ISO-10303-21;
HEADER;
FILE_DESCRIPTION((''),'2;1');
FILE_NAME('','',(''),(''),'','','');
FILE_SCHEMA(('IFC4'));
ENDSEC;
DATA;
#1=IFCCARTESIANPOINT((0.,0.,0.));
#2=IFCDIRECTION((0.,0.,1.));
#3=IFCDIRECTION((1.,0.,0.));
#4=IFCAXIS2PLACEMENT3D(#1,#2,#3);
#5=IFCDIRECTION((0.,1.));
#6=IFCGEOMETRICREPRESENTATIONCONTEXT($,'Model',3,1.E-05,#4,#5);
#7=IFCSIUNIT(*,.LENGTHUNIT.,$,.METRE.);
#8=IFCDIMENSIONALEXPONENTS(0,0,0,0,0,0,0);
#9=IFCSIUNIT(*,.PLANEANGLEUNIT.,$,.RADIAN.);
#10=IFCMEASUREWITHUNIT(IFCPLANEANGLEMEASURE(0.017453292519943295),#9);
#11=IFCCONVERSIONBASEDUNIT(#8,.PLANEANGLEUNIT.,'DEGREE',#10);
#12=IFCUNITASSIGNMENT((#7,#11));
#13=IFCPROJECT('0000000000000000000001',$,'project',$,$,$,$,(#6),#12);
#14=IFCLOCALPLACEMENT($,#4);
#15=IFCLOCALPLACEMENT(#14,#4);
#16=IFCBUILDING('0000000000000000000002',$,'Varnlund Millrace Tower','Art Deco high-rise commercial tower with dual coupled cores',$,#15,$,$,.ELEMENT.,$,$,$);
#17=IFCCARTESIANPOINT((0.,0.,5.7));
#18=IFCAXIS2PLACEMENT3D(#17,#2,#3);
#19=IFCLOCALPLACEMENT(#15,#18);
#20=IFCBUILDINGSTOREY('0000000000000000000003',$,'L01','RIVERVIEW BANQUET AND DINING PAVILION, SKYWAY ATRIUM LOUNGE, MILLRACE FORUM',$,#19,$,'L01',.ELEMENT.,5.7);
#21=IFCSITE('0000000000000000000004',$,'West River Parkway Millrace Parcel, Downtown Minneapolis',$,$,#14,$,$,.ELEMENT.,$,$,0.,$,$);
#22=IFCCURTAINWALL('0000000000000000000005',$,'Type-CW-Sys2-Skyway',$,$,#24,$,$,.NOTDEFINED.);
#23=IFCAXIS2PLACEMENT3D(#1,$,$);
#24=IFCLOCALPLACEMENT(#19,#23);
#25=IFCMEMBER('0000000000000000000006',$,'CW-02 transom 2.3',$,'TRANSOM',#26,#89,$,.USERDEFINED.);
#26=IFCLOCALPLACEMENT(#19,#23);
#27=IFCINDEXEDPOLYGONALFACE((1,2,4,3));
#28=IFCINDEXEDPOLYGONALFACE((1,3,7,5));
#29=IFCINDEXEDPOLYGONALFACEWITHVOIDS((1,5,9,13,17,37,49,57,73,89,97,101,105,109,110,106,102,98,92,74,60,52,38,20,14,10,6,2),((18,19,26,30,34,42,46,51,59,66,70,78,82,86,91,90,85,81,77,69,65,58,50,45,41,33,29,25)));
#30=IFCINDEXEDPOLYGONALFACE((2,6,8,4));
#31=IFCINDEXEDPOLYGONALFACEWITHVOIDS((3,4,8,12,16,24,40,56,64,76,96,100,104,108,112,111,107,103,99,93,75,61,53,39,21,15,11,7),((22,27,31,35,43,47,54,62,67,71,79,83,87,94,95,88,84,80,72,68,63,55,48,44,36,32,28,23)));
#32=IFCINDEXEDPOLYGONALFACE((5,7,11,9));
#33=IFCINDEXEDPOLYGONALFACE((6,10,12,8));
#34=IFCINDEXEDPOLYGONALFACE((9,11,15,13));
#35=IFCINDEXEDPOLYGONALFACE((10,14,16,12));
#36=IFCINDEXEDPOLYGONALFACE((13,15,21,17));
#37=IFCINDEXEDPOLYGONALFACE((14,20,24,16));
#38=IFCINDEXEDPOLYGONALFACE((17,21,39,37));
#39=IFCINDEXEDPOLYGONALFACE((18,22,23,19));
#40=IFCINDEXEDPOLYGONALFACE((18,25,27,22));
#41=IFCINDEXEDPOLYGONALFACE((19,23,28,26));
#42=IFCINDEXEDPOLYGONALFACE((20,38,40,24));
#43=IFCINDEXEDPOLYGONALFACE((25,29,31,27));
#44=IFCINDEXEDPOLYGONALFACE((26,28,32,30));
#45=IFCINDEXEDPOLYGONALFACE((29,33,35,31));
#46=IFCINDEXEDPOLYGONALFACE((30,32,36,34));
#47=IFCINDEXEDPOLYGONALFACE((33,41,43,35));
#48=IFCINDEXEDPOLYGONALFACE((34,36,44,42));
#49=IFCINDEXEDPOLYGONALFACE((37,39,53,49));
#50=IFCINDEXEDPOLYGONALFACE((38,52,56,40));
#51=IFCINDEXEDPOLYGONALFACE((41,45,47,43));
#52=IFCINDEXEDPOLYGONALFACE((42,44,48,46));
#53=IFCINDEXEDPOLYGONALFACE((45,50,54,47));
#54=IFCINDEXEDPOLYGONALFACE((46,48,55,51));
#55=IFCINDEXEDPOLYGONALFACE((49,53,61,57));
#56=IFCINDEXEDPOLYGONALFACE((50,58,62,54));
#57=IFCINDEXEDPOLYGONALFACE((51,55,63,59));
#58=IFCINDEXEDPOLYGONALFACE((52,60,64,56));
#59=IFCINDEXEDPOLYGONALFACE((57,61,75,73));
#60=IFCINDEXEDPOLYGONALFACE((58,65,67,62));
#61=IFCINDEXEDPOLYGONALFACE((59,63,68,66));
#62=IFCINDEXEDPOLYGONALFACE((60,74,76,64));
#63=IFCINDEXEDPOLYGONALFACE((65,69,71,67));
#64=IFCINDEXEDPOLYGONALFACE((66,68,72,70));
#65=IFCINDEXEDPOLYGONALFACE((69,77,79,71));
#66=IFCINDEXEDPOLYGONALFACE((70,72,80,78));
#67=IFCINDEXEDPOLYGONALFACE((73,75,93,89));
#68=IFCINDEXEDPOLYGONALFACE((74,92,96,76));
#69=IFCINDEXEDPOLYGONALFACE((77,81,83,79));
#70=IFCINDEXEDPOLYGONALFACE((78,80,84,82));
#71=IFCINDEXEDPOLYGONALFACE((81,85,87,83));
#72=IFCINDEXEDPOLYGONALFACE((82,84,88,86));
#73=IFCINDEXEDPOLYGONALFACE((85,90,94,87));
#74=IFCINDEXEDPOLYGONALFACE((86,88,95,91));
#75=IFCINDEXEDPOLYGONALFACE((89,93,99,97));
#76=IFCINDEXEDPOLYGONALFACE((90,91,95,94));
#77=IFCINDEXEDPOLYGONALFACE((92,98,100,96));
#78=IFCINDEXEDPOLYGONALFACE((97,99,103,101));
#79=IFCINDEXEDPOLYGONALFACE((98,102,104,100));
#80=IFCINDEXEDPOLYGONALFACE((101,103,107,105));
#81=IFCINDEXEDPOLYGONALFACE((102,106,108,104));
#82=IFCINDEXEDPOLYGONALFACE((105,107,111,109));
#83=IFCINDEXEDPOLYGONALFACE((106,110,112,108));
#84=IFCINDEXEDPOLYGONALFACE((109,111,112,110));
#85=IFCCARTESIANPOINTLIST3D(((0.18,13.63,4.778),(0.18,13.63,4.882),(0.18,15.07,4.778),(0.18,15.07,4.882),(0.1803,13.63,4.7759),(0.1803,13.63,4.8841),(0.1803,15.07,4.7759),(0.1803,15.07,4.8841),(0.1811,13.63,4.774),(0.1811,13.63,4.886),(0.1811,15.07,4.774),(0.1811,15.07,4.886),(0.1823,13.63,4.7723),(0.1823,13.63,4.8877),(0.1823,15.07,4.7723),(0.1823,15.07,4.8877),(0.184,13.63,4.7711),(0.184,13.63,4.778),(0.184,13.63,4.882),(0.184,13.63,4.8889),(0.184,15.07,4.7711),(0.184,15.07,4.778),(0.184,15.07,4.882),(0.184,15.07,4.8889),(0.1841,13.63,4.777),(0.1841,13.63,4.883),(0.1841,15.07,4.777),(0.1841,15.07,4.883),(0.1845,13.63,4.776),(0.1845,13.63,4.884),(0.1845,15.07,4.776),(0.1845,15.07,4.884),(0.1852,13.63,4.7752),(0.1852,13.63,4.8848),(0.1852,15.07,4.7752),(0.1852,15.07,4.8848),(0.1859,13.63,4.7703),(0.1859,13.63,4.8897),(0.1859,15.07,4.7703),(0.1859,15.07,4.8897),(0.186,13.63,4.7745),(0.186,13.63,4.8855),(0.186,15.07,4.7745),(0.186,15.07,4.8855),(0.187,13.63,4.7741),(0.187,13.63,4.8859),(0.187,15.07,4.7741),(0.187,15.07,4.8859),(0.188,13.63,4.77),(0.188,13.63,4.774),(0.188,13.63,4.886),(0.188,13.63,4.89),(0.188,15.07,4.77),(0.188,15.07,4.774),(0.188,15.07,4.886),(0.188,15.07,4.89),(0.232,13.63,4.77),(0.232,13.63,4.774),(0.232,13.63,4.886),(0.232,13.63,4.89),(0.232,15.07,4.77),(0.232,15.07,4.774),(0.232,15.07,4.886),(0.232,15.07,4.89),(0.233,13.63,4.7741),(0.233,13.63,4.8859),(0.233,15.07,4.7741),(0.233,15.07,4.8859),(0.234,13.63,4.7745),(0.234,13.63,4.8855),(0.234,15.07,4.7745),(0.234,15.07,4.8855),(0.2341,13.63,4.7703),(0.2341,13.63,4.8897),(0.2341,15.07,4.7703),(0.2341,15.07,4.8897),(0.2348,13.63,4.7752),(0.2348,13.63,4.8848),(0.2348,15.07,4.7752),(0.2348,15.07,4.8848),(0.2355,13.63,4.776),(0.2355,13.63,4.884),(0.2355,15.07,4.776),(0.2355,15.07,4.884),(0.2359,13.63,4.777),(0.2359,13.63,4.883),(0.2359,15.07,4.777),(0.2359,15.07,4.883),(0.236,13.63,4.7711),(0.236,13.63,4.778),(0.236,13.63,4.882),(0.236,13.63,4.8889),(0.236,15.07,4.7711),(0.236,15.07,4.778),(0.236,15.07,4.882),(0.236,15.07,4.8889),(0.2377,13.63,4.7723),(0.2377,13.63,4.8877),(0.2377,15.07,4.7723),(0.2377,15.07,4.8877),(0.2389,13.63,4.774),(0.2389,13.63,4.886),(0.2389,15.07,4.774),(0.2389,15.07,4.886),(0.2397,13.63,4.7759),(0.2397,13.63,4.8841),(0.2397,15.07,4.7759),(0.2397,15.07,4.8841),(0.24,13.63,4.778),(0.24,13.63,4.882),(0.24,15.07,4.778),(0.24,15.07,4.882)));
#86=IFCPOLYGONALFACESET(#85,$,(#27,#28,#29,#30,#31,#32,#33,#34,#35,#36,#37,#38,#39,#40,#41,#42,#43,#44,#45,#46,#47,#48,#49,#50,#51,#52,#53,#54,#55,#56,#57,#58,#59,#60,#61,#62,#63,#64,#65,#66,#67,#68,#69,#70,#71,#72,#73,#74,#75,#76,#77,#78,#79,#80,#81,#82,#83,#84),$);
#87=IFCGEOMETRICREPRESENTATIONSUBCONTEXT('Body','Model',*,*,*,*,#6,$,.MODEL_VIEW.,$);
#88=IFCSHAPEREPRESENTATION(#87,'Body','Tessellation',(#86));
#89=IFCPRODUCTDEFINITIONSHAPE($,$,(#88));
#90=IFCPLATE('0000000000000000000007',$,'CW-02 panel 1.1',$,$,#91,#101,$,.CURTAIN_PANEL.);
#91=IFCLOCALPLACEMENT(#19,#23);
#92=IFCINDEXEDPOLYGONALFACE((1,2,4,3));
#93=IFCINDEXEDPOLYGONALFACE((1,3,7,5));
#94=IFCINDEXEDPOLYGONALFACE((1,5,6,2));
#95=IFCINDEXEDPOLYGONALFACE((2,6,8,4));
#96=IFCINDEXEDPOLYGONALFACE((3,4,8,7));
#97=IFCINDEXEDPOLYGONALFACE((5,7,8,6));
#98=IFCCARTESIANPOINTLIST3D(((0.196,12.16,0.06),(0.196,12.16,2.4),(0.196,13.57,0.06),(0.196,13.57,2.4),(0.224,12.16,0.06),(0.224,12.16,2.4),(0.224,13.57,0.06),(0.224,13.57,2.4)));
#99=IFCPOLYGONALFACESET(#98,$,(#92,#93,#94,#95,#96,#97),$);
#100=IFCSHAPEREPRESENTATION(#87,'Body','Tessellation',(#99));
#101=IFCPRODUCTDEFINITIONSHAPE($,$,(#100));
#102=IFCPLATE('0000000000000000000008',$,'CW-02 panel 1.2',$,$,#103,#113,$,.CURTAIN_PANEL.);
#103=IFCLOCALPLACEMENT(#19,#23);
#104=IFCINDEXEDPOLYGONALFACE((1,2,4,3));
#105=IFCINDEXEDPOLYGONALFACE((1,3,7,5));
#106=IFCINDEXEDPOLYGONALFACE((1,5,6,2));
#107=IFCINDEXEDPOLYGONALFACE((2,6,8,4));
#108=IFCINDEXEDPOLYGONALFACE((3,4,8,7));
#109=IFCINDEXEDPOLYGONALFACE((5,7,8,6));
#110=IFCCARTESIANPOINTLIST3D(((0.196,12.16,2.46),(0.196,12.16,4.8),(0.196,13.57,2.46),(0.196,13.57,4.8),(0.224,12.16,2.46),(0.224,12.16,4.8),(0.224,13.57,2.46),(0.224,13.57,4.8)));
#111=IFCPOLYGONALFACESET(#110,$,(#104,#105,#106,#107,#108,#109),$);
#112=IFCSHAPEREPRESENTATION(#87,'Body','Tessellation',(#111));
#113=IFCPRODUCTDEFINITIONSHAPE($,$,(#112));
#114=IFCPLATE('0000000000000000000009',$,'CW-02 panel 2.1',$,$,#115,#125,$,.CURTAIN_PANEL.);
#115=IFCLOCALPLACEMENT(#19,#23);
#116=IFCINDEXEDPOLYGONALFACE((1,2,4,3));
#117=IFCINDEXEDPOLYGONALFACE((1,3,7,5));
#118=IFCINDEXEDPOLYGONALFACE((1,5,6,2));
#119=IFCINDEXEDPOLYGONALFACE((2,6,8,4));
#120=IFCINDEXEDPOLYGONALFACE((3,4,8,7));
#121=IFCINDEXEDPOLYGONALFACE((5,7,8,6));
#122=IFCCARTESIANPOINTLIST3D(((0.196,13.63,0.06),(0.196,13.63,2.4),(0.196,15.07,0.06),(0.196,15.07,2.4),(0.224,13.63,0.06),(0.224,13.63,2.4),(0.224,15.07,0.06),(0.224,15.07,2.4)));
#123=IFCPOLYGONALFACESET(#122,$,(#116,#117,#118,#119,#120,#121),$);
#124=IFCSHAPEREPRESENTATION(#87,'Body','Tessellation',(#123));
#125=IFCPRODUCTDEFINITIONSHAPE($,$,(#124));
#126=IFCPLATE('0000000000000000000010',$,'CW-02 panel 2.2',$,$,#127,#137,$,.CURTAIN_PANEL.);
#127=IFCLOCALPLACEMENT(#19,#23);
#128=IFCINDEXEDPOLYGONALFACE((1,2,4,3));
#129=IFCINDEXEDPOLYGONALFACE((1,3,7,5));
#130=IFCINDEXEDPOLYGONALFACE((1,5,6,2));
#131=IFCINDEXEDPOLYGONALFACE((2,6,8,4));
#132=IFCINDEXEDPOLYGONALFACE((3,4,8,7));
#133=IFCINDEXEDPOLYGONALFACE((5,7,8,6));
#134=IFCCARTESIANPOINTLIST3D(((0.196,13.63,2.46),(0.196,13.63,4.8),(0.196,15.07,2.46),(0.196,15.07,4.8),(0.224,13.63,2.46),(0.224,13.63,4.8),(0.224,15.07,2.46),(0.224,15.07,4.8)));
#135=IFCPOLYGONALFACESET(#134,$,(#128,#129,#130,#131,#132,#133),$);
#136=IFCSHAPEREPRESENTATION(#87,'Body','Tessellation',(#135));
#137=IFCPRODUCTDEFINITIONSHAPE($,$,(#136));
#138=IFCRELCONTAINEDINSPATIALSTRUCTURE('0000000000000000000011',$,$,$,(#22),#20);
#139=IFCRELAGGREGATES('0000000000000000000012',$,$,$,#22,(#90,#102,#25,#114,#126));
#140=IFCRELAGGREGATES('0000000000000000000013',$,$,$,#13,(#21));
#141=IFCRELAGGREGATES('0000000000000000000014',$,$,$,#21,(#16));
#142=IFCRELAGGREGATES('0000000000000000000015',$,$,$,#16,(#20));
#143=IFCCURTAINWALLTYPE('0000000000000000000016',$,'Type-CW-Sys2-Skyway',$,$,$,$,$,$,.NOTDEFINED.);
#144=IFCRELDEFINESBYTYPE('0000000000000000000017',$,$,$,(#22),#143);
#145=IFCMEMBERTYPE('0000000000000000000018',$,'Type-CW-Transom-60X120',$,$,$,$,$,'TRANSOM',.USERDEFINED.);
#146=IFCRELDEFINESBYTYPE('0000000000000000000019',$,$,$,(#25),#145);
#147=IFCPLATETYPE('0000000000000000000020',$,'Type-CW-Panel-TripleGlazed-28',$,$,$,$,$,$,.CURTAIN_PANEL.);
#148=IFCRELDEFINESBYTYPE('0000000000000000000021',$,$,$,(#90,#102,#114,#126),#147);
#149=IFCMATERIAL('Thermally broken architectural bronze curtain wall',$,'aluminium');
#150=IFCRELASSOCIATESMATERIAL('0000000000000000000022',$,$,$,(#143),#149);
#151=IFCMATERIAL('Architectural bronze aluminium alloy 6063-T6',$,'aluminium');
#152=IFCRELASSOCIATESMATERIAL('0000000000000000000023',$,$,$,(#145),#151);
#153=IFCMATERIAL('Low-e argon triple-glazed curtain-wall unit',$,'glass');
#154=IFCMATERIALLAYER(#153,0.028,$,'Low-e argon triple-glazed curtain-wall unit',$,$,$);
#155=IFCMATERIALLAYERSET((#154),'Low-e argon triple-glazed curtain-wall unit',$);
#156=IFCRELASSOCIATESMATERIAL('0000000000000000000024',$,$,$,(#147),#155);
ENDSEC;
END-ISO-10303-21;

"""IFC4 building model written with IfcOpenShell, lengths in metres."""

from ifc_helpers import new_model, entity, si_unit, converted_unit, direction, frame, origin_with_axes, origin_2d_with_axis, place, context, subcontext, project, spatial, rectangle, hollow_rectangle, extrude, material, layer, layer_set, material_profile, profile_set, type_object, element, aggregate, save


model = new_model("IFC4")

# Units and contexts
model_context = context("Model", 3, precision=1e-05, world=origin_with_axes(), true_north=direction((0.0, 1.0)))
body_context = subcontext(model_context, "Body", "Model", "MODEL_VIEW")
ifc_project = project(units=[si_unit("LENGTHUNIT", "METRE"), converted_unit("PLANEANGLEUNIT", "DEGREE", entity("IfcPlaneAngleMeasure", 0.017453292519943295), si_unit("PLANEANGLEUNIT", "RADIAN"), dimensions=[0, 0, 0, 0, 0, 0, 0])], contexts=[model_context])

# Site, building, storey
site_placement = place(None, origin_with_axes())
site = spatial("IfcSite", under=ifc_project, at=site_placement, Name="West River Parkway Millrace Parcel, Downtown Minneapolis", CompositionType="ELEMENT", RefElevation=0.0)
building_placement = place(site_placement, origin_with_axes())
building = spatial("IfcBuilding", under=site, at=building_placement, Name="Varnlund Millrace Tower", Description="Art Deco high-rise commercial tower with dual coupled cores", CompositionType="ELEMENT")
storey_placement = place(building_placement, frame((0.0, 0.0, 5.7), z_axis=(0.0, 0.0, 1.0), x_axis=(1.0, 0.0, 0.0)))
storey = spatial("IfcBuildingStorey", under=building, at=storey_placement, Name="L01", Description="RIVERVIEW BANQUET AND DINING PAVILION, SKYWAY ATRIUM LOUNGE, MILLRACE FORUM", LongName="L01", CompositionType="ELEMENT", Elevation=5.7)

# Curtain wall, member, plates
ifc_material_1 = material(Name="Thermally broken architectural bronze curtain wall", Category="aluminium")
curtain_wall_type = type_object("IfcCurtainWallType", Name="Type-CW-Sys2-Skyway", PredefinedType="NOTDEFINED", material=ifc_material_1)
curtain_wall_placement = place(storey_placement, frame((0.21, 12.1, 0.0), z_axis=(0.0, 0.0, 1.0), x_axis=(1.0, 0.0, 0.0)))
curtain_wall = element("IfcCurtainWall", 1, at=curtain_wall_placement, inside=storey, type_object=curtain_wall_type, Name="Type-CW-Sys2-Skyway", PredefinedType="NOTDEFINED")
ifc_material_2 = material(Name="Architectural bronze aluminium alloy 6063-T6", Category="aluminium")
ifc_material_profile_1 = material_profile(ifc_material_2, hollow_rectangle(XDim=0.06, YDim=0.12, WallThickness=0.004, InnerFilletRadius=0.004, OuterFilletRadius=0.008, at=origin_2d_with_axis()), Name="Architectural bronze aluminium alloy 6063-T6")
ifc_profile_set_1 = profile_set([ifc_material_profile_1], Name="Architectural bronze aluminium alloy 6063-T6")
member_type_1 = type_object("IfcMemberType", Name="Type-CW-Transom-60X120", ElementType="TRANSOM", PredefinedType="USERDEFINED", material=ifc_profile_set_1)
member_1_placement = place(storey_placement, frame((0.21, 13.63, 4.83), z_axis=(0.0, 1.0, 0.0), x_axis=(-1.0, 0.0, 0.0)))
member_1 = element("IfcMember", 2, at=member_1_placement, type_object=member_type_1, Name="CW-02 transom 2.3", ObjectType="TRANSOM", PredefinedType="USERDEFINED", context=body_context, shape_type="SweptSolid", body=[
    extrude(hollow_rectangle(XDim=0.06, YDim=0.12, WallThickness=0.004, InnerFilletRadius=0.004, OuterFilletRadius=0.008, at=origin_2d_with_axis()), origin_with_axes(), (0.0, 0.0, 1.0), 1.44),
])
ifc_material_3 = material(Name="Low-e argon triple-glazed curtain-wall unit", Category="glass")
ifc_layer_1 = layer(ifc_material_3, 0.028, Name="Low-e argon triple-glazed curtain-wall unit")
ifc_layer_set_1 = layer_set([ifc_layer_1], Name="Low-e argon triple-glazed curtain-wall unit")
plate_type = type_object("IfcPlateType", Name="Type-CW-Panel-TripleGlazed-28", PredefinedType="CURTAIN_PANEL", material=ifc_layer_set_1)
plate_1_placement = place(storey_placement, frame((0.21, 12.865, 0.06), z_axis=(0.0, 0.0, 1.0), x_axis=(0.0, 1.0, 0.0)))
plate_1 = element("IfcPlate", 3, at=plate_1_placement, type_object=plate_type, Name="CW-02 panel 1.1", PredefinedType="CURTAIN_PANEL", context=body_context, shape_type="SweptSolid", body=[
    extrude(rectangle(XDim=1.41, YDim=0.028, at=origin_2d_with_axis()), origin_with_axes(), (0.0, 0.0, 1.0), 2.34),
])
plate_2_placement = place(storey_placement, frame((0.21, 12.865, 2.46), z_axis=(0.0, 0.0, 1.0), x_axis=(0.0, 1.0, 0.0)))
plate_2 = element("IfcPlate", 4, at=plate_2_placement, type_object=plate_type, Name="CW-02 panel 1.2", PredefinedType="CURTAIN_PANEL", context=body_context, shape_type="SweptSolid", body=[
    extrude(rectangle(XDim=1.41, YDim=0.028, at=origin_2d_with_axis()), origin_with_axes(), (0.0, 0.0, 1.0), 2.34),
])
plate_3_placement = place(storey_placement, frame((0.21, 14.35, 0.06), z_axis=(0.0, 0.0, 1.0), x_axis=(0.0, 1.0, 0.0)))
plate_3 = element("IfcPlate", 5, at=plate_3_placement, type_object=plate_type, Name="CW-02 panel 2.1", PredefinedType="CURTAIN_PANEL", context=body_context, shape_type="SweptSolid", body=[
    extrude(rectangle(XDim=1.44, YDim=0.028, at=origin_2d_with_axis()), origin_with_axes(), (0.0, 0.0, 1.0), 2.34),
])
plate_4_placement = place(storey_placement, frame((0.21, 14.35, 2.46), z_axis=(0.0, 0.0, 1.0), x_axis=(0.0, 1.0, 0.0)))
plate_4 = element("IfcPlate", 6, at=plate_4_placement, type_object=plate_type, Name="CW-02 panel 2.2", PredefinedType="CURTAIN_PANEL", context=body_context, shape_type="SweptSolid", body=[
    extrude(rectangle(XDim=1.44, YDim=0.028, at=origin_2d_with_axis()), origin_with_axes(), (0.0, 0.0, 1.0), 2.34),
])
aggregate(curtain_wall, [plate_1, plate_2, member_1, plate_3, plate_4])

save(model, "model.ifc")
